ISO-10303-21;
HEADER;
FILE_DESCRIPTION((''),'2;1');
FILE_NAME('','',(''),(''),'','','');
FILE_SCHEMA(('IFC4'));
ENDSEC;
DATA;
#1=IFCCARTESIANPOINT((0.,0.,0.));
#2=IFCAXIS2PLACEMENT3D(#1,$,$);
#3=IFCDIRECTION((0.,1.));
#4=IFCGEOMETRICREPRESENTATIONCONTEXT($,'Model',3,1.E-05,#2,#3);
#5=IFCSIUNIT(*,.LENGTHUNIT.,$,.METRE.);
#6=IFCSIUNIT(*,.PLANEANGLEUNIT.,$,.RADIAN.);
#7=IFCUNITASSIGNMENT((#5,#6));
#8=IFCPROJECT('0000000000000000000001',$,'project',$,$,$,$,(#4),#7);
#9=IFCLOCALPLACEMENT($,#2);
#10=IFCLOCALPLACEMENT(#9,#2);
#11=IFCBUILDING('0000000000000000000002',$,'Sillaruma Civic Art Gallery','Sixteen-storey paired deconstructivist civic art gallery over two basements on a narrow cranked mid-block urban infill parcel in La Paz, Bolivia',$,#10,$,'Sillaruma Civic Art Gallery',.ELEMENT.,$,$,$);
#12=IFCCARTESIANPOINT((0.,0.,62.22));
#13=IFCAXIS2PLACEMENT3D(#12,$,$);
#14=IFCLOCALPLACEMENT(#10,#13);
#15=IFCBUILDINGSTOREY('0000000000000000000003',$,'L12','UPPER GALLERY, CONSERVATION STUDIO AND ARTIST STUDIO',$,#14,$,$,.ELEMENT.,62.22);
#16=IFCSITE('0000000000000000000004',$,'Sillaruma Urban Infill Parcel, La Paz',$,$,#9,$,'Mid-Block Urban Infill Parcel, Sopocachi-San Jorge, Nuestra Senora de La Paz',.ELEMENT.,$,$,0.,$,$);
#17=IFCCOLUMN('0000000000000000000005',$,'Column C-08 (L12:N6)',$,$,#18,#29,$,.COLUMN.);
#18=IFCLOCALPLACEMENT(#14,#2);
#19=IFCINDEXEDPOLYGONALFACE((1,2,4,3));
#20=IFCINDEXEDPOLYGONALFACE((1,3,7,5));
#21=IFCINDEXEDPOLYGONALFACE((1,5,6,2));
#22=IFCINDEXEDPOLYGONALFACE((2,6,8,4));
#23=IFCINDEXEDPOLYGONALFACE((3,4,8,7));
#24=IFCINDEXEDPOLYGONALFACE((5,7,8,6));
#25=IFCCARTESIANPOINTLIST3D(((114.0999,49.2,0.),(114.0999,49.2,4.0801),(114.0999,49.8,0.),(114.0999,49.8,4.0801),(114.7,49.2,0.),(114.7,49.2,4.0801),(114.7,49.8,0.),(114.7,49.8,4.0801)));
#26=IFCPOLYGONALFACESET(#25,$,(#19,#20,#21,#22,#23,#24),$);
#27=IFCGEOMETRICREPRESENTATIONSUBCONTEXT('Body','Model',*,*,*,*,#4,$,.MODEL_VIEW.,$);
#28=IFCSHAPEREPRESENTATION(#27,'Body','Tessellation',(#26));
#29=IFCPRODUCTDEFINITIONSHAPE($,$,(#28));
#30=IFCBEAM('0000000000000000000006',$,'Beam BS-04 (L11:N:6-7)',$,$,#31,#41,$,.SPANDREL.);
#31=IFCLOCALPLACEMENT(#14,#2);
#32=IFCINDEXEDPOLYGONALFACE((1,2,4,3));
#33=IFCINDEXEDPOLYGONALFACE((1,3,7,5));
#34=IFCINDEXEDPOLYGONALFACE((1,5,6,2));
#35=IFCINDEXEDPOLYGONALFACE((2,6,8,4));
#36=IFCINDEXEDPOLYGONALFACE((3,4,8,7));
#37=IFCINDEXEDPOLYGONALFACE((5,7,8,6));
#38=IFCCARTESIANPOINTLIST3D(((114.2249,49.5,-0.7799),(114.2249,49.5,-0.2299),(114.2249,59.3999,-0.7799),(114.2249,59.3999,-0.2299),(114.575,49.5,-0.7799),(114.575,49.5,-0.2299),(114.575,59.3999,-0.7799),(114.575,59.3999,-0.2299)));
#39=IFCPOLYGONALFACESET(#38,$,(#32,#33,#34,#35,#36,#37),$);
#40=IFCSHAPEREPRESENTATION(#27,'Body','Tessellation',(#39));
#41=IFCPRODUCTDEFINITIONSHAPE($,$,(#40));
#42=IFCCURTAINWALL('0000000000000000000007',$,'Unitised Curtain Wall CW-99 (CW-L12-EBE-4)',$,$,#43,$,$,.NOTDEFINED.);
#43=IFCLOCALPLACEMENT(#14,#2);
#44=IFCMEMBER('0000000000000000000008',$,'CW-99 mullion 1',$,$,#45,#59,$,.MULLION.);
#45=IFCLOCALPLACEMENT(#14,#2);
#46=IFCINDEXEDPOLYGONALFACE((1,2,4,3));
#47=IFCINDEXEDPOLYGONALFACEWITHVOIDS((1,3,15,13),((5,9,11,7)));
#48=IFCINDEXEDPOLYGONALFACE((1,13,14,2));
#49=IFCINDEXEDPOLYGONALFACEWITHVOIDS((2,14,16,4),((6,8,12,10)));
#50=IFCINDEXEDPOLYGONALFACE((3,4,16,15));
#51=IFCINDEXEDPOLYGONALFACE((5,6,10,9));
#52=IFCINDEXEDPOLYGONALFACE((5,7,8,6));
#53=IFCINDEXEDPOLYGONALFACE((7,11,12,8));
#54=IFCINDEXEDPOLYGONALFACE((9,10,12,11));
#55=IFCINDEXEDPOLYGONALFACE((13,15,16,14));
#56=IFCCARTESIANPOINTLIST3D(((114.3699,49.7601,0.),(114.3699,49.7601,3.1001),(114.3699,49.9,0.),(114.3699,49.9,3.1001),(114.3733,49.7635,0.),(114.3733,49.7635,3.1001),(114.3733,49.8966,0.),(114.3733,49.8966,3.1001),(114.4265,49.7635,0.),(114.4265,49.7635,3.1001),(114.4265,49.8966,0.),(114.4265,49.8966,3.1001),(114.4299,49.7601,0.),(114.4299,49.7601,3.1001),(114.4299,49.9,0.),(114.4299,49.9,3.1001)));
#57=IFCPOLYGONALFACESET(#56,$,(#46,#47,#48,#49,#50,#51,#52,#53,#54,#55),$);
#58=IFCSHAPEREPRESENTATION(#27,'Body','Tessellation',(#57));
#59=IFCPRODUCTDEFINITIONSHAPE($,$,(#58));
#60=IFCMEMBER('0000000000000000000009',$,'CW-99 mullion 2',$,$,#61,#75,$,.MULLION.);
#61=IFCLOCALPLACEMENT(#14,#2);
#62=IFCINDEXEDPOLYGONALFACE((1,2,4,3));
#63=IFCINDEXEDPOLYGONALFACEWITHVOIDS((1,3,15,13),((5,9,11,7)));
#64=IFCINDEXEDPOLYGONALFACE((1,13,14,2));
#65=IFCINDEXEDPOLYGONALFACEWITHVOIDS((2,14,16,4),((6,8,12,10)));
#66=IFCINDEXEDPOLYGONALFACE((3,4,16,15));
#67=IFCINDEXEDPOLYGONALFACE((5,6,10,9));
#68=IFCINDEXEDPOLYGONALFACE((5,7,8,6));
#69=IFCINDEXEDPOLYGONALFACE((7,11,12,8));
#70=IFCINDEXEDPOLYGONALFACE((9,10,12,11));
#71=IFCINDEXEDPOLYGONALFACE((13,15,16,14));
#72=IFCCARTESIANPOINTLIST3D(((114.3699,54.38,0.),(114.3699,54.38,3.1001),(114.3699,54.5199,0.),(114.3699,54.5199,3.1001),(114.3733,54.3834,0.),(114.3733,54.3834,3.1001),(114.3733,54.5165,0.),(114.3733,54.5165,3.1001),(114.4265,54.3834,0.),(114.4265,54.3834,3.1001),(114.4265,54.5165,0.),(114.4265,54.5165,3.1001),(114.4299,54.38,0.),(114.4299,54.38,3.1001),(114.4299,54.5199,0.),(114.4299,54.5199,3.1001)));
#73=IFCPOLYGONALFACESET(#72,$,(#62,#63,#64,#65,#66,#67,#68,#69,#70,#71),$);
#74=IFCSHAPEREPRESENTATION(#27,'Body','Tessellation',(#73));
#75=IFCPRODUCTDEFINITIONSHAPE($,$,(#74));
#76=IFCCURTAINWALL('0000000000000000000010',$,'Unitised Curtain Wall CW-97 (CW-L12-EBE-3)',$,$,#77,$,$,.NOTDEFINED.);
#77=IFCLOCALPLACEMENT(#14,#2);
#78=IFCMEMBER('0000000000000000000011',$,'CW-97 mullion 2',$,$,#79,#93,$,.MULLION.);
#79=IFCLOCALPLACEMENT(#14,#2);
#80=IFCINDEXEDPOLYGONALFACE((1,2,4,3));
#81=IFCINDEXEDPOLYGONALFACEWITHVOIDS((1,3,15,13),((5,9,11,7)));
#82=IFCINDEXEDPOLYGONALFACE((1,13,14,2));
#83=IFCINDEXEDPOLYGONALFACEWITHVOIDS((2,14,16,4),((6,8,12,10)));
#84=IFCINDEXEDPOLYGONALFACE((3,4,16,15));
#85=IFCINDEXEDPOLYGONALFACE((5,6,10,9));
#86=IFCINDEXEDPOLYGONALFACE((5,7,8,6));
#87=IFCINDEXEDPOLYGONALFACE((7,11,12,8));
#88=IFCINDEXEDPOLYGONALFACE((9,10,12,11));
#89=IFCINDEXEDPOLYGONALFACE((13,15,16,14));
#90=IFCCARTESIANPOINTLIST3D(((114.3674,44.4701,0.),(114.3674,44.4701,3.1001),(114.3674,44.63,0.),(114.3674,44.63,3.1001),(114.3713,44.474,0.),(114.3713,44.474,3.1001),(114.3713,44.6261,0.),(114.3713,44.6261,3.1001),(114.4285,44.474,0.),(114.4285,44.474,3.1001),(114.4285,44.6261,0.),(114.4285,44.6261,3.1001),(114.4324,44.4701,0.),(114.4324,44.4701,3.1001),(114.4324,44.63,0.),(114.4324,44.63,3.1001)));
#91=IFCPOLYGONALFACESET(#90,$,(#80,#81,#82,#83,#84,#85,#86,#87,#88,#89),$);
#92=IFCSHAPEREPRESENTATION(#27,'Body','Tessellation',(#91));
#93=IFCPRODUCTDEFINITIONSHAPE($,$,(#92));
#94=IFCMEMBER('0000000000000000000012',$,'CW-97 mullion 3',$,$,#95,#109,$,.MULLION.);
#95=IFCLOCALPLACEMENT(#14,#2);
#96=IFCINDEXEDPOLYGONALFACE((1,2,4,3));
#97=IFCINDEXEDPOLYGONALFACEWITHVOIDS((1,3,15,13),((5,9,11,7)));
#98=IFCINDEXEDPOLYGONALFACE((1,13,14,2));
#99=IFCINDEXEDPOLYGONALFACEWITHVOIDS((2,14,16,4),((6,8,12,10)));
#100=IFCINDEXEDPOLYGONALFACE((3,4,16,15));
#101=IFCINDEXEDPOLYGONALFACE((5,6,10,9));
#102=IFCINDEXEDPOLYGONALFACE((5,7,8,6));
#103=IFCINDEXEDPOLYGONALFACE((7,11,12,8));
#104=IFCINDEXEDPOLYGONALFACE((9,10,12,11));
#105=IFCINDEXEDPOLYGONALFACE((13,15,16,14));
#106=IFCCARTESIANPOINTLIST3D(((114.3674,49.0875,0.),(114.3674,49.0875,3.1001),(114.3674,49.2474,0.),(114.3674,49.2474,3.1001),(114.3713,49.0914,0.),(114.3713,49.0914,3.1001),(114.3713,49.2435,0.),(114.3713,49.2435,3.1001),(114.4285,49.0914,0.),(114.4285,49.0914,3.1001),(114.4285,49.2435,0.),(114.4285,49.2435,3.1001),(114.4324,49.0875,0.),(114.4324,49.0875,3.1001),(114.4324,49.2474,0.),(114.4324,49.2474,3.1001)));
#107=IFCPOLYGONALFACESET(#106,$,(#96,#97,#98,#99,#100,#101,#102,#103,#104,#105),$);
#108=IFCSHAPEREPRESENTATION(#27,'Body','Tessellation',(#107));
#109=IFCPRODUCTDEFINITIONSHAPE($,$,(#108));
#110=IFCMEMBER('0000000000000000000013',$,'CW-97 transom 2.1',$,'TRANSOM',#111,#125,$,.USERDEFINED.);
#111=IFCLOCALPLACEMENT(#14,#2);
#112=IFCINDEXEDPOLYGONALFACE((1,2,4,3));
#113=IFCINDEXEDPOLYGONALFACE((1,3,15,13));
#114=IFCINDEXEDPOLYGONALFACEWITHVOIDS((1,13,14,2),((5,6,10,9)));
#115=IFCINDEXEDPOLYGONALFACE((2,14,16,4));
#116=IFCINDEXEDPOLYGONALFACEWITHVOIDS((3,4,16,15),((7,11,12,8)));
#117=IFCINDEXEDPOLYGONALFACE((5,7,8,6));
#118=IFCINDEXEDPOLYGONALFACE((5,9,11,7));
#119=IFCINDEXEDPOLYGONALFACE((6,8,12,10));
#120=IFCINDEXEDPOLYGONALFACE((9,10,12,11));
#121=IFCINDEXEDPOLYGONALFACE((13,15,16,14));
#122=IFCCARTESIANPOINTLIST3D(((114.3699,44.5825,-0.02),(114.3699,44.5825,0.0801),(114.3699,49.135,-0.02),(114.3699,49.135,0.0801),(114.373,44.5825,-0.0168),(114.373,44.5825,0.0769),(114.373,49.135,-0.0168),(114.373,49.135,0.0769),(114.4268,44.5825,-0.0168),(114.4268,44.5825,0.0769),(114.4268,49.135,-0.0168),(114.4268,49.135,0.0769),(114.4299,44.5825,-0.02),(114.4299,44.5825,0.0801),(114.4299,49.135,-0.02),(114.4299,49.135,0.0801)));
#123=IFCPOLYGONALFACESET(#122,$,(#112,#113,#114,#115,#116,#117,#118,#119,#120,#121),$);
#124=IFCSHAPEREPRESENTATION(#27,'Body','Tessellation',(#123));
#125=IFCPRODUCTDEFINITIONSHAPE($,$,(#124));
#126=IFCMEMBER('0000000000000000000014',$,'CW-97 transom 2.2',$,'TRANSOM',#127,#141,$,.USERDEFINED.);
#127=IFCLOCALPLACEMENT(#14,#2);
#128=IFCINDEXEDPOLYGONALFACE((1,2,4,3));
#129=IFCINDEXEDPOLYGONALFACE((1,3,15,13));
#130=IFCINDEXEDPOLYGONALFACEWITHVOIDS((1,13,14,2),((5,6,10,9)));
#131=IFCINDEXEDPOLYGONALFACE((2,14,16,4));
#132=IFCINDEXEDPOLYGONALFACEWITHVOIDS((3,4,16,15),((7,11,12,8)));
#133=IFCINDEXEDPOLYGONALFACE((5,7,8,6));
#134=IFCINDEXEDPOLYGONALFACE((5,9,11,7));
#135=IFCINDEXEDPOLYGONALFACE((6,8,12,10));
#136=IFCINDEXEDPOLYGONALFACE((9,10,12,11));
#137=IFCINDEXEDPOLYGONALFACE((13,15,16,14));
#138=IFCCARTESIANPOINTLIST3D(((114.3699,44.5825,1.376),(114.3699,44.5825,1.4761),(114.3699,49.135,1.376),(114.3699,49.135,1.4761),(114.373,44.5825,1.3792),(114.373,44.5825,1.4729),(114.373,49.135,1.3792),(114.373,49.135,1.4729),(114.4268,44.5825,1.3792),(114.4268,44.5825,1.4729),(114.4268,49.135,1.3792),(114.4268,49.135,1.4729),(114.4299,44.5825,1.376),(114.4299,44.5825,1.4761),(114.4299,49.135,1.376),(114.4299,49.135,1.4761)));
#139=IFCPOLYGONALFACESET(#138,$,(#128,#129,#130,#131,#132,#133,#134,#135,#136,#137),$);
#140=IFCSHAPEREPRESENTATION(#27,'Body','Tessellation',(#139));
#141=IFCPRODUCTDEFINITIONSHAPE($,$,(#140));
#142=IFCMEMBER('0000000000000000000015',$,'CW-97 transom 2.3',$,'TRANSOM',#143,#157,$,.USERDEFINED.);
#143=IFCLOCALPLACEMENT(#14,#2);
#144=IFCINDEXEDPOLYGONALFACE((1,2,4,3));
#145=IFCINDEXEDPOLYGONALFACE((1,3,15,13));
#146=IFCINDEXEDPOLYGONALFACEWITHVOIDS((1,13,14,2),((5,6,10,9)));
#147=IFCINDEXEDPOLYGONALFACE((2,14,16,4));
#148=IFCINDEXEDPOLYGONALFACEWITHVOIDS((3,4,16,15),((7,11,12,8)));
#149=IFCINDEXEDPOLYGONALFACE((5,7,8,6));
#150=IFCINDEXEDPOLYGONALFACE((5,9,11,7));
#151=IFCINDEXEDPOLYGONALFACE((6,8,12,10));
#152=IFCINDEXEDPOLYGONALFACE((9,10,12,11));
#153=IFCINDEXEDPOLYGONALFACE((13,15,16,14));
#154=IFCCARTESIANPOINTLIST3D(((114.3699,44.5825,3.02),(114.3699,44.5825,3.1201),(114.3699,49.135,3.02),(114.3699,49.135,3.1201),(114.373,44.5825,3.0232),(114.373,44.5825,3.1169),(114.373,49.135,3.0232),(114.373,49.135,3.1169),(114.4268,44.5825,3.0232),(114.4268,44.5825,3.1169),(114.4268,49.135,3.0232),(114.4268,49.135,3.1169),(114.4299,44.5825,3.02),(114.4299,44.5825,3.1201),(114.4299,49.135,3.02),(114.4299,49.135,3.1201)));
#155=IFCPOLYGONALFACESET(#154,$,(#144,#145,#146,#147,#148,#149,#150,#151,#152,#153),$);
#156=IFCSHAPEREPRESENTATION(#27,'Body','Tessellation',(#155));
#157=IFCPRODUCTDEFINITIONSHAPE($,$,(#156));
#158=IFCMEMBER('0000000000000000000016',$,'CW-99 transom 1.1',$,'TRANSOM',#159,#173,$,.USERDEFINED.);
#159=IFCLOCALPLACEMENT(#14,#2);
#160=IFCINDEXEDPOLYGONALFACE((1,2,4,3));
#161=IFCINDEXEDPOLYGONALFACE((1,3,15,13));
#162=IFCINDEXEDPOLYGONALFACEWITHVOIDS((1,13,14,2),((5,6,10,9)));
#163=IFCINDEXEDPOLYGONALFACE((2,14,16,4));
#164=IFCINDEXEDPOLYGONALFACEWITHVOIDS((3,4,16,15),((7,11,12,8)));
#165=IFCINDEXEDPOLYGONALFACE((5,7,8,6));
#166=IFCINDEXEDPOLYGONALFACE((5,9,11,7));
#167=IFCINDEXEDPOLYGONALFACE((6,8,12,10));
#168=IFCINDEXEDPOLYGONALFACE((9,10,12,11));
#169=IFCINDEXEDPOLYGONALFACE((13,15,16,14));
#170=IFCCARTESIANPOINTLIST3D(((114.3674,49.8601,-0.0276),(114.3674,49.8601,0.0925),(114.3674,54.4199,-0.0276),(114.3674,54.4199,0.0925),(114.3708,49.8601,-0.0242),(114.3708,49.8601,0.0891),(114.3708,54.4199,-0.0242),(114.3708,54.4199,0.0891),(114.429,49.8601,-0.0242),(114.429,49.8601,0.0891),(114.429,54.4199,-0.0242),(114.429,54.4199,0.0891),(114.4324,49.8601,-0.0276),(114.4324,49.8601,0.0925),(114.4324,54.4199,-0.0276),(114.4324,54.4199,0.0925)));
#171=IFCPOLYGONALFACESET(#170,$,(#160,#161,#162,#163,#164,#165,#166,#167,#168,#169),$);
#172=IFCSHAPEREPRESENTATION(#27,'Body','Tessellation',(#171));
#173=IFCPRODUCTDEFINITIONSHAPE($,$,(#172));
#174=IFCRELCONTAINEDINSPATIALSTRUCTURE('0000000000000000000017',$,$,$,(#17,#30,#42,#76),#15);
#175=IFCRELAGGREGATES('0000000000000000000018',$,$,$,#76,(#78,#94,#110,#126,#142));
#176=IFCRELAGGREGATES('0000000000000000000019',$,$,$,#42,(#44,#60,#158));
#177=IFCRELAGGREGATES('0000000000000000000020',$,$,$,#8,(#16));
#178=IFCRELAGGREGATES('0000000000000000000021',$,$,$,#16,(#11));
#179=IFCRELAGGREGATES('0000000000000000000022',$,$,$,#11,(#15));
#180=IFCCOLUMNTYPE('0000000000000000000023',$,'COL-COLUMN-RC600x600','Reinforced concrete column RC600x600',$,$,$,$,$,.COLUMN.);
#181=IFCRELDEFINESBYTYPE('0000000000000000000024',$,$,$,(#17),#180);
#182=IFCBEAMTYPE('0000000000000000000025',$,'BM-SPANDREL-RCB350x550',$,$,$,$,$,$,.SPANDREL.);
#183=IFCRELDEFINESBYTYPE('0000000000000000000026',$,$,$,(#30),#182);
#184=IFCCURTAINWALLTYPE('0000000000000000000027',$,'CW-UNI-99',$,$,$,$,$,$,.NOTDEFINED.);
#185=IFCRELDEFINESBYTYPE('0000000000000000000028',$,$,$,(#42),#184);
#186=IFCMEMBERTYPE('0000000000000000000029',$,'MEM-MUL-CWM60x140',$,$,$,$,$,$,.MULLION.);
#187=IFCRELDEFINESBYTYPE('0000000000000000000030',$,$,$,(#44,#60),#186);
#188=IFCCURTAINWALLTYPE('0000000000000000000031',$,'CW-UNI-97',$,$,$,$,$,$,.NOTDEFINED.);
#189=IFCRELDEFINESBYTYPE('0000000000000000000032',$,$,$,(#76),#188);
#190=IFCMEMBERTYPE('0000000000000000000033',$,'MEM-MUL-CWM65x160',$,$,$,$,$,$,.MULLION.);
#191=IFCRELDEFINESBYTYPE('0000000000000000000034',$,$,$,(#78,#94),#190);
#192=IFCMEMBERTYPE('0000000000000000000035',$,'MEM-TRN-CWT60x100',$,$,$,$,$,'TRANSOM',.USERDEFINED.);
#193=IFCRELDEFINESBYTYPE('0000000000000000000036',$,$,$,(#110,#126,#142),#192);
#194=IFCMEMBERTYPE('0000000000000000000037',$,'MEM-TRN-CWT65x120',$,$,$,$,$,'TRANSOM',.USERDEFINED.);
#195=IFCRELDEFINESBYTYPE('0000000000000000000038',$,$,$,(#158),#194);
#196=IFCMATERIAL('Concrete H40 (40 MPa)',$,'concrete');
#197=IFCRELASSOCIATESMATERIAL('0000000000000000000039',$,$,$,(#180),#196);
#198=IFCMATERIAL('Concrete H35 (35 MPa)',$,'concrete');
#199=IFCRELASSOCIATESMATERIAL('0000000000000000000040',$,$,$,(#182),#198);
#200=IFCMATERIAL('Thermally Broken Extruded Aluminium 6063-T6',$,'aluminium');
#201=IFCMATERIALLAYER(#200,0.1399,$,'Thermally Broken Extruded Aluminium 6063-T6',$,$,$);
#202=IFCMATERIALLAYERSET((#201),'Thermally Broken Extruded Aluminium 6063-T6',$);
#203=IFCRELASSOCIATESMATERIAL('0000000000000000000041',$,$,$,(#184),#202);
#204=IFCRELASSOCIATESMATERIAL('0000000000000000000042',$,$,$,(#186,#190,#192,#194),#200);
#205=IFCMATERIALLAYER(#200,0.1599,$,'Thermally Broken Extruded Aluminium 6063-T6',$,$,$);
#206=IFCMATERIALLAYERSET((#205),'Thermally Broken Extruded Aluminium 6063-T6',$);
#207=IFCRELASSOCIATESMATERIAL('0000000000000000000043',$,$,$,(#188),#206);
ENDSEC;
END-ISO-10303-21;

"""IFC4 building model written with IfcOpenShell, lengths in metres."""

from ifc_helpers import new_model, si_unit, direction, frame, origin, origin_2d, place, context, subcontext, project, spatial, rectangle, hollow_rectangle, extrude, material, layer, layer_set, material_profile, profile_set, type_object, element, aggregate, save


model = new_model("IFC4")

# Units and contexts
model_context = context("Model", 3, precision=1e-05, world=origin(), true_north=direction((0.0, 1.0)))
body_context = subcontext(model_context, "Body", "Model", "MODEL_VIEW")
ifc_project = project(units=[si_unit("LENGTHUNIT", "METRE"), si_unit("PLANEANGLEUNIT", "RADIAN")], contexts=[model_context])

# Site, building, storey
site_placement = place(None, origin())
site = spatial("IfcSite", under=ifc_project, at=site_placement, Name="Sillaruma Urban Infill Parcel, La Paz", LongName="Mid-Block Urban Infill Parcel, Sopocachi-San Jorge, Nuestra Senora de La Paz", CompositionType="ELEMENT", RefElevation=0.0)
building_placement = place(site_placement, origin())
building = spatial("IfcBuilding", under=site, at=building_placement, Name="Sillaruma Civic Art Gallery", Description="Sixteen-storey paired deconstructivist civic art gallery over two basements on a narrow cranked mid-block urban infill parcel in La Paz, Bolivia", LongName="Sillaruma Civic Art Gallery", CompositionType="ELEMENT")
storey_placement = place(building_placement, frame((0.0, 0.0, 62.22)))
storey = spatial("IfcBuildingStorey", under=building, at=storey_placement, Name="L12", Description="UPPER GALLERY, CONSERVATION STUDIO AND ARTIST STUDIO", CompositionType="ELEMENT", Elevation=62.22)

# Column
ifc_material_1 = material(Name="Concrete H40 (40 MPa)", Category="concrete")
ifc_material_profile_1 = material_profile(ifc_material_1, rectangle(XDim=0.6001, YDim=0.6001, at=origin_2d()), Name="RC600x600")
ifc_profile_set_1 = profile_set([ifc_material_profile_1], Name="Concrete H40 (40 MPa)")
column_type = type_object("IfcColumnType", Name="COL-COLUMN-RC600x600", Description="Reinforced concrete column RC600x600", PredefinedType="COLUMN", material=ifc_profile_set_1)
column_placement = place(storey_placement, frame((114.3999, 49.5, 0.0), z_axis=(0.0, 0.0, 1.0), x_axis=(1.0, 0.0, 0.0)))
element("IfcColumn", 1, at=column_placement, inside=storey, type_object=column_type, Name="Column C-08 (L12:N6)", PredefinedType="COLUMN", context=body_context, shape_type="SweptSolid", body=[
    extrude(rectangle(XDim=0.6001, YDim=0.6001, at=origin_2d()), origin(), (0.0, 0.0, 1.0), 4.0801),
])

# Beam
ifc_material_2 = material(Name="Concrete H35 (35 MPa)", Category="concrete")
ifc_material_profile_2 = material_profile(ifc_material_2, rectangle(XDim=0.3501, YDim=0.55, at=origin_2d()), Name="RCB350x550")
ifc_profile_set_2 = profile_set([ifc_material_profile_2], Name="Concrete H35 (35 MPa)")
beam_type = type_object("IfcBeamType", Name="BM-SPANDREL-RCB350x550", PredefinedType="SPANDREL", material=ifc_profile_set_2)
beam_placement = place(storey_placement, frame((114.3999, 49.5, -0.5049), z_axis=(0.0, 1.0, 0.0), x_axis=(-1.0, 0.0, 0.0)))
element("IfcBeam", 2, at=beam_placement, inside=storey, type_object=beam_type, Name="Beam BS-04 (L11:N:6-7)", PredefinedType="SPANDREL", context=body_context, shape_type="SweptSolid", body=[
    extrude(rectangle(XDim=0.3501, YDim=0.55, at=origin_2d()), origin(), (0.0, 0.0, 1.0), 9.8999),
])

# Curtain walls, members
ifc_material_3 = material(Name="Thermally Broken Extruded Aluminium 6063-T6", Category="aluminium")
ifc_layer_1 = layer(ifc_material_3, 0.1399, Name="Thermally Broken Extruded Aluminium 6063-T6")
ifc_layer_set_1 = layer_set([ifc_layer_1], Name="Thermally Broken Extruded Aluminium 6063-T6")
curtain_wall_type_1 = type_object("IfcCurtainWallType", Name="CW-UNI-99", PredefinedType="NOTDEFINED", material=ifc_layer_set_1)
curtain_wall_1_placement = place(storey_placement, origin())
curtain_wall_1 = element("IfcCurtainWall", 3, at=curtain_wall_1_placement, inside=storey, type_object=curtain_wall_type_1, Name="Unitised Curtain Wall CW-99 (CW-L12-EBE-4)", PredefinedType="NOTDEFINED")
ifc_material_profile_3 = material_profile(ifc_material_3, hollow_rectangle(XDim=0.0601, YDim=0.1399, WallThickness=0.0034, at=origin_2d()), Name="CWM60x140")
ifc_profile_set_3 = profile_set([ifc_material_profile_3], Name="Thermally Broken Extruded Aluminium 6063-T6")
member_type_1 = type_object("IfcMemberType", Name="MEM-MUL-CWM60x140", PredefinedType="MULLION", material=ifc_profile_set_3)
member_1_placement = place(storey_placement, frame((114.3999, 49.8301, 0.0), z_axis=(0.0, 0.0, 1.0), x_axis=(-1.0, 0.0, 0.0)))
member_1 = element("IfcMember", 4, at=member_1_placement, type_object=member_type_1, Name="CW-99 mullion 1", PredefinedType="MULLION", context=body_context, shape_type="SweptSolid", body=[
    extrude(hollow_rectangle(XDim=0.0601, YDim=0.1399, WallThickness=0.0034, at=origin_2d()), origin(), (0.0, 0.0, 1.0), 3.1001),
])
member_2_placement = place(storey_placement, frame((114.3999, 54.45, 0.0), z_axis=(0.0, 0.0, 1.0), x_axis=(-1.0, 0.0, 0.0)))
member_2 = element("IfcMember", 5, at=member_2_placement, type_object=member_type_1, Name="CW-99 mullion 2", PredefinedType="MULLION", context=body_context, shape_type="SweptSolid", body=[
    extrude(hollow_rectangle(XDim=0.0601, YDim=0.1399, WallThickness=0.0034, at=origin_2d()), origin(), (0.0, 0.0, 1.0), 3.1001),
])
ifc_layer_2 = layer(ifc_material_3, 0.1599, Name="Thermally Broken Extruded Aluminium 6063-T6")
ifc_layer_set_2 = layer_set([ifc_layer_2], Name="Thermally Broken Extruded Aluminium 6063-T6")
curtain_wall_type_2 = type_object("IfcCurtainWallType", Name="CW-UNI-97", PredefinedType="NOTDEFINED", material=ifc_layer_set_2)
curtain_wall_2_placement = place(storey_placement, origin())
curtain_wall_2 = element("IfcCurtainWall", 6, at=curtain_wall_2_placement, inside=storey, type_object=curtain_wall_type_2, Name="Unitised Curtain Wall CW-97 (CW-L12-EBE-3)", PredefinedType="NOTDEFINED")
ifc_material_profile_4 = material_profile(ifc_material_3, hollow_rectangle(XDim=0.0649, YDim=0.1599, WallThickness=0.0039, at=origin_2d()), Name="CWM65x160")
ifc_profile_set_4 = profile_set([ifc_material_profile_4], Name="Thermally Broken Extruded Aluminium 6063-T6")
member_type_2 = type_object("IfcMemberType", Name="MEM-MUL-CWM65x160", PredefinedType="MULLION", material=ifc_profile_set_4)
member_3_placement = place(storey_placement, frame((114.3999, 44.55, 0.0), z_axis=(0.0, 0.0, 1.0), x_axis=(-1.0, 0.0, 0.0)))
member_3 = element("IfcMember", 7, at=member_3_placement, type_object=member_type_2, Name="CW-97 mullion 2", PredefinedType="MULLION", context=body_context, shape_type="SweptSolid", body=[
    extrude(hollow_rectangle(XDim=0.0649, YDim=0.1599, WallThickness=0.0039, at=origin_2d()), origin(), (0.0, 0.0, 1.0), 3.1001),
])
member_4_placement = place(storey_placement, frame((114.3999, 49.1675, 0.0), z_axis=(0.0, 0.0, 1.0), x_axis=(-1.0, 0.0, 0.0)))
member_4 = element("IfcMember", 8, at=member_4_placement, type_object=member_type_2, Name="CW-97 mullion 3", PredefinedType="MULLION", context=body_context, shape_type="SweptSolid", body=[
    extrude(hollow_rectangle(XDim=0.0649, YDim=0.1599, WallThickness=0.0039, at=origin_2d()), origin(), (0.0, 0.0, 1.0), 3.1001),
])
ifc_material_profile_5 = material_profile(ifc_material_3, hollow_rectangle(XDim=0.0601, YDim=0.1001, WallThickness=0.0032, at=origin_2d()), Name="CWT60x100")
ifc_profile_set_5 = profile_set([ifc_material_profile_5], Name="Thermally Broken Extruded Aluminium 6063-T6")
member_type_3 = type_object("IfcMemberType", Name="MEM-TRN-CWT60x100", ElementType="TRANSOM", PredefinedType="USERDEFINED", material=ifc_profile_set_5)
member_5_placement = place(storey_placement, frame((114.3999, 44.5825, 0.03), z_axis=(0.0, 1.0, 0.0), x_axis=(-1.0, 0.0, 0.0)))
member_5 = element("IfcMember", 9, at=member_5_placement, type_object=member_type_3, Name="CW-97 transom 2.1", ObjectType="TRANSOM", PredefinedType="USERDEFINED", context=body_context, shape_type="SweptSolid", body=[
    extrude(hollow_rectangle(XDim=0.0601, YDim=0.1001, WallThickness=0.0032, at=origin_2d()), origin(), (0.0, 0.0, 1.0), 4.5525),
])
member_6_placement = place(storey_placement, frame((114.3999, 44.5825, 1.426), z_axis=(0.0, 1.0, 0.0), x_axis=(-1.0, 0.0, 0.0)))
member_6 = element("IfcMember", 10, at=member_6_placement, type_object=member_type_3, Name="CW-97 transom 2.2", ObjectType="TRANSOM", PredefinedType="USERDEFINED", context=body_context, shape_type="SweptSolid", body=[
    extrude(hollow_rectangle(XDim=0.0601, YDim=0.1001, WallThickness=0.0032, at=origin_2d()), origin(), (0.0, 0.0, 1.0), 4.5525),
])
member_7_placement = place(storey_placement, frame((114.3999, 44.5825, 3.0701), z_axis=(0.0, 1.0, 0.0), x_axis=(-1.0, 0.0, 0.0)))
member_7 = element("IfcMember", 11, at=member_7_placement, type_object=member_type_3, Name="CW-97 transom 2.3", ObjectType="TRANSOM", PredefinedType="USERDEFINED", context=body_context, shape_type="SweptSolid", body=[
    extrude(hollow_rectangle(XDim=0.0601, YDim=0.1001, WallThickness=0.0032, at=origin_2d()), origin(), (0.0, 0.0, 1.0), 4.5525),
])

# Member
ifc_material_profile_6 = material_profile(ifc_material_3, hollow_rectangle(XDim=0.0649, YDim=0.1201, WallThickness=0.0034, at=origin_2d()), Name="CWT65x120")
ifc_profile_set_6 = profile_set([ifc_material_profile_6], Name="Thermally Broken Extruded Aluminium 6063-T6")
member_type_4 = type_object("IfcMemberType", Name="MEM-TRN-CWT65x120", ElementType="TRANSOM", PredefinedType="USERDEFINED", material=ifc_profile_set_6)
member_8_placement = place(storey_placement, frame((114.3999, 49.8601, 0.0325), z_axis=(0.0, 1.0, 0.0), x_axis=(-1.0, 0.0, 0.0)))
member_8 = element("IfcMember", 12, at=member_8_placement, type_object=member_type_4, Name="CW-99 transom 1.1", ObjectType="TRANSOM", PredefinedType="USERDEFINED", context=body_context, shape_type="SweptSolid", body=[
    extrude(hollow_rectangle(XDim=0.0649, YDim=0.1201, WallThickness=0.0034, at=origin_2d()), origin(), (0.0, 0.0, 1.0), 4.5598),
])

aggregate(curtain_wall_2, [member_3, member_4, member_5, member_6, member_7])
aggregate(curtain_wall_1, [member_1, member_2, member_8])

save(model, "model.ifc")
